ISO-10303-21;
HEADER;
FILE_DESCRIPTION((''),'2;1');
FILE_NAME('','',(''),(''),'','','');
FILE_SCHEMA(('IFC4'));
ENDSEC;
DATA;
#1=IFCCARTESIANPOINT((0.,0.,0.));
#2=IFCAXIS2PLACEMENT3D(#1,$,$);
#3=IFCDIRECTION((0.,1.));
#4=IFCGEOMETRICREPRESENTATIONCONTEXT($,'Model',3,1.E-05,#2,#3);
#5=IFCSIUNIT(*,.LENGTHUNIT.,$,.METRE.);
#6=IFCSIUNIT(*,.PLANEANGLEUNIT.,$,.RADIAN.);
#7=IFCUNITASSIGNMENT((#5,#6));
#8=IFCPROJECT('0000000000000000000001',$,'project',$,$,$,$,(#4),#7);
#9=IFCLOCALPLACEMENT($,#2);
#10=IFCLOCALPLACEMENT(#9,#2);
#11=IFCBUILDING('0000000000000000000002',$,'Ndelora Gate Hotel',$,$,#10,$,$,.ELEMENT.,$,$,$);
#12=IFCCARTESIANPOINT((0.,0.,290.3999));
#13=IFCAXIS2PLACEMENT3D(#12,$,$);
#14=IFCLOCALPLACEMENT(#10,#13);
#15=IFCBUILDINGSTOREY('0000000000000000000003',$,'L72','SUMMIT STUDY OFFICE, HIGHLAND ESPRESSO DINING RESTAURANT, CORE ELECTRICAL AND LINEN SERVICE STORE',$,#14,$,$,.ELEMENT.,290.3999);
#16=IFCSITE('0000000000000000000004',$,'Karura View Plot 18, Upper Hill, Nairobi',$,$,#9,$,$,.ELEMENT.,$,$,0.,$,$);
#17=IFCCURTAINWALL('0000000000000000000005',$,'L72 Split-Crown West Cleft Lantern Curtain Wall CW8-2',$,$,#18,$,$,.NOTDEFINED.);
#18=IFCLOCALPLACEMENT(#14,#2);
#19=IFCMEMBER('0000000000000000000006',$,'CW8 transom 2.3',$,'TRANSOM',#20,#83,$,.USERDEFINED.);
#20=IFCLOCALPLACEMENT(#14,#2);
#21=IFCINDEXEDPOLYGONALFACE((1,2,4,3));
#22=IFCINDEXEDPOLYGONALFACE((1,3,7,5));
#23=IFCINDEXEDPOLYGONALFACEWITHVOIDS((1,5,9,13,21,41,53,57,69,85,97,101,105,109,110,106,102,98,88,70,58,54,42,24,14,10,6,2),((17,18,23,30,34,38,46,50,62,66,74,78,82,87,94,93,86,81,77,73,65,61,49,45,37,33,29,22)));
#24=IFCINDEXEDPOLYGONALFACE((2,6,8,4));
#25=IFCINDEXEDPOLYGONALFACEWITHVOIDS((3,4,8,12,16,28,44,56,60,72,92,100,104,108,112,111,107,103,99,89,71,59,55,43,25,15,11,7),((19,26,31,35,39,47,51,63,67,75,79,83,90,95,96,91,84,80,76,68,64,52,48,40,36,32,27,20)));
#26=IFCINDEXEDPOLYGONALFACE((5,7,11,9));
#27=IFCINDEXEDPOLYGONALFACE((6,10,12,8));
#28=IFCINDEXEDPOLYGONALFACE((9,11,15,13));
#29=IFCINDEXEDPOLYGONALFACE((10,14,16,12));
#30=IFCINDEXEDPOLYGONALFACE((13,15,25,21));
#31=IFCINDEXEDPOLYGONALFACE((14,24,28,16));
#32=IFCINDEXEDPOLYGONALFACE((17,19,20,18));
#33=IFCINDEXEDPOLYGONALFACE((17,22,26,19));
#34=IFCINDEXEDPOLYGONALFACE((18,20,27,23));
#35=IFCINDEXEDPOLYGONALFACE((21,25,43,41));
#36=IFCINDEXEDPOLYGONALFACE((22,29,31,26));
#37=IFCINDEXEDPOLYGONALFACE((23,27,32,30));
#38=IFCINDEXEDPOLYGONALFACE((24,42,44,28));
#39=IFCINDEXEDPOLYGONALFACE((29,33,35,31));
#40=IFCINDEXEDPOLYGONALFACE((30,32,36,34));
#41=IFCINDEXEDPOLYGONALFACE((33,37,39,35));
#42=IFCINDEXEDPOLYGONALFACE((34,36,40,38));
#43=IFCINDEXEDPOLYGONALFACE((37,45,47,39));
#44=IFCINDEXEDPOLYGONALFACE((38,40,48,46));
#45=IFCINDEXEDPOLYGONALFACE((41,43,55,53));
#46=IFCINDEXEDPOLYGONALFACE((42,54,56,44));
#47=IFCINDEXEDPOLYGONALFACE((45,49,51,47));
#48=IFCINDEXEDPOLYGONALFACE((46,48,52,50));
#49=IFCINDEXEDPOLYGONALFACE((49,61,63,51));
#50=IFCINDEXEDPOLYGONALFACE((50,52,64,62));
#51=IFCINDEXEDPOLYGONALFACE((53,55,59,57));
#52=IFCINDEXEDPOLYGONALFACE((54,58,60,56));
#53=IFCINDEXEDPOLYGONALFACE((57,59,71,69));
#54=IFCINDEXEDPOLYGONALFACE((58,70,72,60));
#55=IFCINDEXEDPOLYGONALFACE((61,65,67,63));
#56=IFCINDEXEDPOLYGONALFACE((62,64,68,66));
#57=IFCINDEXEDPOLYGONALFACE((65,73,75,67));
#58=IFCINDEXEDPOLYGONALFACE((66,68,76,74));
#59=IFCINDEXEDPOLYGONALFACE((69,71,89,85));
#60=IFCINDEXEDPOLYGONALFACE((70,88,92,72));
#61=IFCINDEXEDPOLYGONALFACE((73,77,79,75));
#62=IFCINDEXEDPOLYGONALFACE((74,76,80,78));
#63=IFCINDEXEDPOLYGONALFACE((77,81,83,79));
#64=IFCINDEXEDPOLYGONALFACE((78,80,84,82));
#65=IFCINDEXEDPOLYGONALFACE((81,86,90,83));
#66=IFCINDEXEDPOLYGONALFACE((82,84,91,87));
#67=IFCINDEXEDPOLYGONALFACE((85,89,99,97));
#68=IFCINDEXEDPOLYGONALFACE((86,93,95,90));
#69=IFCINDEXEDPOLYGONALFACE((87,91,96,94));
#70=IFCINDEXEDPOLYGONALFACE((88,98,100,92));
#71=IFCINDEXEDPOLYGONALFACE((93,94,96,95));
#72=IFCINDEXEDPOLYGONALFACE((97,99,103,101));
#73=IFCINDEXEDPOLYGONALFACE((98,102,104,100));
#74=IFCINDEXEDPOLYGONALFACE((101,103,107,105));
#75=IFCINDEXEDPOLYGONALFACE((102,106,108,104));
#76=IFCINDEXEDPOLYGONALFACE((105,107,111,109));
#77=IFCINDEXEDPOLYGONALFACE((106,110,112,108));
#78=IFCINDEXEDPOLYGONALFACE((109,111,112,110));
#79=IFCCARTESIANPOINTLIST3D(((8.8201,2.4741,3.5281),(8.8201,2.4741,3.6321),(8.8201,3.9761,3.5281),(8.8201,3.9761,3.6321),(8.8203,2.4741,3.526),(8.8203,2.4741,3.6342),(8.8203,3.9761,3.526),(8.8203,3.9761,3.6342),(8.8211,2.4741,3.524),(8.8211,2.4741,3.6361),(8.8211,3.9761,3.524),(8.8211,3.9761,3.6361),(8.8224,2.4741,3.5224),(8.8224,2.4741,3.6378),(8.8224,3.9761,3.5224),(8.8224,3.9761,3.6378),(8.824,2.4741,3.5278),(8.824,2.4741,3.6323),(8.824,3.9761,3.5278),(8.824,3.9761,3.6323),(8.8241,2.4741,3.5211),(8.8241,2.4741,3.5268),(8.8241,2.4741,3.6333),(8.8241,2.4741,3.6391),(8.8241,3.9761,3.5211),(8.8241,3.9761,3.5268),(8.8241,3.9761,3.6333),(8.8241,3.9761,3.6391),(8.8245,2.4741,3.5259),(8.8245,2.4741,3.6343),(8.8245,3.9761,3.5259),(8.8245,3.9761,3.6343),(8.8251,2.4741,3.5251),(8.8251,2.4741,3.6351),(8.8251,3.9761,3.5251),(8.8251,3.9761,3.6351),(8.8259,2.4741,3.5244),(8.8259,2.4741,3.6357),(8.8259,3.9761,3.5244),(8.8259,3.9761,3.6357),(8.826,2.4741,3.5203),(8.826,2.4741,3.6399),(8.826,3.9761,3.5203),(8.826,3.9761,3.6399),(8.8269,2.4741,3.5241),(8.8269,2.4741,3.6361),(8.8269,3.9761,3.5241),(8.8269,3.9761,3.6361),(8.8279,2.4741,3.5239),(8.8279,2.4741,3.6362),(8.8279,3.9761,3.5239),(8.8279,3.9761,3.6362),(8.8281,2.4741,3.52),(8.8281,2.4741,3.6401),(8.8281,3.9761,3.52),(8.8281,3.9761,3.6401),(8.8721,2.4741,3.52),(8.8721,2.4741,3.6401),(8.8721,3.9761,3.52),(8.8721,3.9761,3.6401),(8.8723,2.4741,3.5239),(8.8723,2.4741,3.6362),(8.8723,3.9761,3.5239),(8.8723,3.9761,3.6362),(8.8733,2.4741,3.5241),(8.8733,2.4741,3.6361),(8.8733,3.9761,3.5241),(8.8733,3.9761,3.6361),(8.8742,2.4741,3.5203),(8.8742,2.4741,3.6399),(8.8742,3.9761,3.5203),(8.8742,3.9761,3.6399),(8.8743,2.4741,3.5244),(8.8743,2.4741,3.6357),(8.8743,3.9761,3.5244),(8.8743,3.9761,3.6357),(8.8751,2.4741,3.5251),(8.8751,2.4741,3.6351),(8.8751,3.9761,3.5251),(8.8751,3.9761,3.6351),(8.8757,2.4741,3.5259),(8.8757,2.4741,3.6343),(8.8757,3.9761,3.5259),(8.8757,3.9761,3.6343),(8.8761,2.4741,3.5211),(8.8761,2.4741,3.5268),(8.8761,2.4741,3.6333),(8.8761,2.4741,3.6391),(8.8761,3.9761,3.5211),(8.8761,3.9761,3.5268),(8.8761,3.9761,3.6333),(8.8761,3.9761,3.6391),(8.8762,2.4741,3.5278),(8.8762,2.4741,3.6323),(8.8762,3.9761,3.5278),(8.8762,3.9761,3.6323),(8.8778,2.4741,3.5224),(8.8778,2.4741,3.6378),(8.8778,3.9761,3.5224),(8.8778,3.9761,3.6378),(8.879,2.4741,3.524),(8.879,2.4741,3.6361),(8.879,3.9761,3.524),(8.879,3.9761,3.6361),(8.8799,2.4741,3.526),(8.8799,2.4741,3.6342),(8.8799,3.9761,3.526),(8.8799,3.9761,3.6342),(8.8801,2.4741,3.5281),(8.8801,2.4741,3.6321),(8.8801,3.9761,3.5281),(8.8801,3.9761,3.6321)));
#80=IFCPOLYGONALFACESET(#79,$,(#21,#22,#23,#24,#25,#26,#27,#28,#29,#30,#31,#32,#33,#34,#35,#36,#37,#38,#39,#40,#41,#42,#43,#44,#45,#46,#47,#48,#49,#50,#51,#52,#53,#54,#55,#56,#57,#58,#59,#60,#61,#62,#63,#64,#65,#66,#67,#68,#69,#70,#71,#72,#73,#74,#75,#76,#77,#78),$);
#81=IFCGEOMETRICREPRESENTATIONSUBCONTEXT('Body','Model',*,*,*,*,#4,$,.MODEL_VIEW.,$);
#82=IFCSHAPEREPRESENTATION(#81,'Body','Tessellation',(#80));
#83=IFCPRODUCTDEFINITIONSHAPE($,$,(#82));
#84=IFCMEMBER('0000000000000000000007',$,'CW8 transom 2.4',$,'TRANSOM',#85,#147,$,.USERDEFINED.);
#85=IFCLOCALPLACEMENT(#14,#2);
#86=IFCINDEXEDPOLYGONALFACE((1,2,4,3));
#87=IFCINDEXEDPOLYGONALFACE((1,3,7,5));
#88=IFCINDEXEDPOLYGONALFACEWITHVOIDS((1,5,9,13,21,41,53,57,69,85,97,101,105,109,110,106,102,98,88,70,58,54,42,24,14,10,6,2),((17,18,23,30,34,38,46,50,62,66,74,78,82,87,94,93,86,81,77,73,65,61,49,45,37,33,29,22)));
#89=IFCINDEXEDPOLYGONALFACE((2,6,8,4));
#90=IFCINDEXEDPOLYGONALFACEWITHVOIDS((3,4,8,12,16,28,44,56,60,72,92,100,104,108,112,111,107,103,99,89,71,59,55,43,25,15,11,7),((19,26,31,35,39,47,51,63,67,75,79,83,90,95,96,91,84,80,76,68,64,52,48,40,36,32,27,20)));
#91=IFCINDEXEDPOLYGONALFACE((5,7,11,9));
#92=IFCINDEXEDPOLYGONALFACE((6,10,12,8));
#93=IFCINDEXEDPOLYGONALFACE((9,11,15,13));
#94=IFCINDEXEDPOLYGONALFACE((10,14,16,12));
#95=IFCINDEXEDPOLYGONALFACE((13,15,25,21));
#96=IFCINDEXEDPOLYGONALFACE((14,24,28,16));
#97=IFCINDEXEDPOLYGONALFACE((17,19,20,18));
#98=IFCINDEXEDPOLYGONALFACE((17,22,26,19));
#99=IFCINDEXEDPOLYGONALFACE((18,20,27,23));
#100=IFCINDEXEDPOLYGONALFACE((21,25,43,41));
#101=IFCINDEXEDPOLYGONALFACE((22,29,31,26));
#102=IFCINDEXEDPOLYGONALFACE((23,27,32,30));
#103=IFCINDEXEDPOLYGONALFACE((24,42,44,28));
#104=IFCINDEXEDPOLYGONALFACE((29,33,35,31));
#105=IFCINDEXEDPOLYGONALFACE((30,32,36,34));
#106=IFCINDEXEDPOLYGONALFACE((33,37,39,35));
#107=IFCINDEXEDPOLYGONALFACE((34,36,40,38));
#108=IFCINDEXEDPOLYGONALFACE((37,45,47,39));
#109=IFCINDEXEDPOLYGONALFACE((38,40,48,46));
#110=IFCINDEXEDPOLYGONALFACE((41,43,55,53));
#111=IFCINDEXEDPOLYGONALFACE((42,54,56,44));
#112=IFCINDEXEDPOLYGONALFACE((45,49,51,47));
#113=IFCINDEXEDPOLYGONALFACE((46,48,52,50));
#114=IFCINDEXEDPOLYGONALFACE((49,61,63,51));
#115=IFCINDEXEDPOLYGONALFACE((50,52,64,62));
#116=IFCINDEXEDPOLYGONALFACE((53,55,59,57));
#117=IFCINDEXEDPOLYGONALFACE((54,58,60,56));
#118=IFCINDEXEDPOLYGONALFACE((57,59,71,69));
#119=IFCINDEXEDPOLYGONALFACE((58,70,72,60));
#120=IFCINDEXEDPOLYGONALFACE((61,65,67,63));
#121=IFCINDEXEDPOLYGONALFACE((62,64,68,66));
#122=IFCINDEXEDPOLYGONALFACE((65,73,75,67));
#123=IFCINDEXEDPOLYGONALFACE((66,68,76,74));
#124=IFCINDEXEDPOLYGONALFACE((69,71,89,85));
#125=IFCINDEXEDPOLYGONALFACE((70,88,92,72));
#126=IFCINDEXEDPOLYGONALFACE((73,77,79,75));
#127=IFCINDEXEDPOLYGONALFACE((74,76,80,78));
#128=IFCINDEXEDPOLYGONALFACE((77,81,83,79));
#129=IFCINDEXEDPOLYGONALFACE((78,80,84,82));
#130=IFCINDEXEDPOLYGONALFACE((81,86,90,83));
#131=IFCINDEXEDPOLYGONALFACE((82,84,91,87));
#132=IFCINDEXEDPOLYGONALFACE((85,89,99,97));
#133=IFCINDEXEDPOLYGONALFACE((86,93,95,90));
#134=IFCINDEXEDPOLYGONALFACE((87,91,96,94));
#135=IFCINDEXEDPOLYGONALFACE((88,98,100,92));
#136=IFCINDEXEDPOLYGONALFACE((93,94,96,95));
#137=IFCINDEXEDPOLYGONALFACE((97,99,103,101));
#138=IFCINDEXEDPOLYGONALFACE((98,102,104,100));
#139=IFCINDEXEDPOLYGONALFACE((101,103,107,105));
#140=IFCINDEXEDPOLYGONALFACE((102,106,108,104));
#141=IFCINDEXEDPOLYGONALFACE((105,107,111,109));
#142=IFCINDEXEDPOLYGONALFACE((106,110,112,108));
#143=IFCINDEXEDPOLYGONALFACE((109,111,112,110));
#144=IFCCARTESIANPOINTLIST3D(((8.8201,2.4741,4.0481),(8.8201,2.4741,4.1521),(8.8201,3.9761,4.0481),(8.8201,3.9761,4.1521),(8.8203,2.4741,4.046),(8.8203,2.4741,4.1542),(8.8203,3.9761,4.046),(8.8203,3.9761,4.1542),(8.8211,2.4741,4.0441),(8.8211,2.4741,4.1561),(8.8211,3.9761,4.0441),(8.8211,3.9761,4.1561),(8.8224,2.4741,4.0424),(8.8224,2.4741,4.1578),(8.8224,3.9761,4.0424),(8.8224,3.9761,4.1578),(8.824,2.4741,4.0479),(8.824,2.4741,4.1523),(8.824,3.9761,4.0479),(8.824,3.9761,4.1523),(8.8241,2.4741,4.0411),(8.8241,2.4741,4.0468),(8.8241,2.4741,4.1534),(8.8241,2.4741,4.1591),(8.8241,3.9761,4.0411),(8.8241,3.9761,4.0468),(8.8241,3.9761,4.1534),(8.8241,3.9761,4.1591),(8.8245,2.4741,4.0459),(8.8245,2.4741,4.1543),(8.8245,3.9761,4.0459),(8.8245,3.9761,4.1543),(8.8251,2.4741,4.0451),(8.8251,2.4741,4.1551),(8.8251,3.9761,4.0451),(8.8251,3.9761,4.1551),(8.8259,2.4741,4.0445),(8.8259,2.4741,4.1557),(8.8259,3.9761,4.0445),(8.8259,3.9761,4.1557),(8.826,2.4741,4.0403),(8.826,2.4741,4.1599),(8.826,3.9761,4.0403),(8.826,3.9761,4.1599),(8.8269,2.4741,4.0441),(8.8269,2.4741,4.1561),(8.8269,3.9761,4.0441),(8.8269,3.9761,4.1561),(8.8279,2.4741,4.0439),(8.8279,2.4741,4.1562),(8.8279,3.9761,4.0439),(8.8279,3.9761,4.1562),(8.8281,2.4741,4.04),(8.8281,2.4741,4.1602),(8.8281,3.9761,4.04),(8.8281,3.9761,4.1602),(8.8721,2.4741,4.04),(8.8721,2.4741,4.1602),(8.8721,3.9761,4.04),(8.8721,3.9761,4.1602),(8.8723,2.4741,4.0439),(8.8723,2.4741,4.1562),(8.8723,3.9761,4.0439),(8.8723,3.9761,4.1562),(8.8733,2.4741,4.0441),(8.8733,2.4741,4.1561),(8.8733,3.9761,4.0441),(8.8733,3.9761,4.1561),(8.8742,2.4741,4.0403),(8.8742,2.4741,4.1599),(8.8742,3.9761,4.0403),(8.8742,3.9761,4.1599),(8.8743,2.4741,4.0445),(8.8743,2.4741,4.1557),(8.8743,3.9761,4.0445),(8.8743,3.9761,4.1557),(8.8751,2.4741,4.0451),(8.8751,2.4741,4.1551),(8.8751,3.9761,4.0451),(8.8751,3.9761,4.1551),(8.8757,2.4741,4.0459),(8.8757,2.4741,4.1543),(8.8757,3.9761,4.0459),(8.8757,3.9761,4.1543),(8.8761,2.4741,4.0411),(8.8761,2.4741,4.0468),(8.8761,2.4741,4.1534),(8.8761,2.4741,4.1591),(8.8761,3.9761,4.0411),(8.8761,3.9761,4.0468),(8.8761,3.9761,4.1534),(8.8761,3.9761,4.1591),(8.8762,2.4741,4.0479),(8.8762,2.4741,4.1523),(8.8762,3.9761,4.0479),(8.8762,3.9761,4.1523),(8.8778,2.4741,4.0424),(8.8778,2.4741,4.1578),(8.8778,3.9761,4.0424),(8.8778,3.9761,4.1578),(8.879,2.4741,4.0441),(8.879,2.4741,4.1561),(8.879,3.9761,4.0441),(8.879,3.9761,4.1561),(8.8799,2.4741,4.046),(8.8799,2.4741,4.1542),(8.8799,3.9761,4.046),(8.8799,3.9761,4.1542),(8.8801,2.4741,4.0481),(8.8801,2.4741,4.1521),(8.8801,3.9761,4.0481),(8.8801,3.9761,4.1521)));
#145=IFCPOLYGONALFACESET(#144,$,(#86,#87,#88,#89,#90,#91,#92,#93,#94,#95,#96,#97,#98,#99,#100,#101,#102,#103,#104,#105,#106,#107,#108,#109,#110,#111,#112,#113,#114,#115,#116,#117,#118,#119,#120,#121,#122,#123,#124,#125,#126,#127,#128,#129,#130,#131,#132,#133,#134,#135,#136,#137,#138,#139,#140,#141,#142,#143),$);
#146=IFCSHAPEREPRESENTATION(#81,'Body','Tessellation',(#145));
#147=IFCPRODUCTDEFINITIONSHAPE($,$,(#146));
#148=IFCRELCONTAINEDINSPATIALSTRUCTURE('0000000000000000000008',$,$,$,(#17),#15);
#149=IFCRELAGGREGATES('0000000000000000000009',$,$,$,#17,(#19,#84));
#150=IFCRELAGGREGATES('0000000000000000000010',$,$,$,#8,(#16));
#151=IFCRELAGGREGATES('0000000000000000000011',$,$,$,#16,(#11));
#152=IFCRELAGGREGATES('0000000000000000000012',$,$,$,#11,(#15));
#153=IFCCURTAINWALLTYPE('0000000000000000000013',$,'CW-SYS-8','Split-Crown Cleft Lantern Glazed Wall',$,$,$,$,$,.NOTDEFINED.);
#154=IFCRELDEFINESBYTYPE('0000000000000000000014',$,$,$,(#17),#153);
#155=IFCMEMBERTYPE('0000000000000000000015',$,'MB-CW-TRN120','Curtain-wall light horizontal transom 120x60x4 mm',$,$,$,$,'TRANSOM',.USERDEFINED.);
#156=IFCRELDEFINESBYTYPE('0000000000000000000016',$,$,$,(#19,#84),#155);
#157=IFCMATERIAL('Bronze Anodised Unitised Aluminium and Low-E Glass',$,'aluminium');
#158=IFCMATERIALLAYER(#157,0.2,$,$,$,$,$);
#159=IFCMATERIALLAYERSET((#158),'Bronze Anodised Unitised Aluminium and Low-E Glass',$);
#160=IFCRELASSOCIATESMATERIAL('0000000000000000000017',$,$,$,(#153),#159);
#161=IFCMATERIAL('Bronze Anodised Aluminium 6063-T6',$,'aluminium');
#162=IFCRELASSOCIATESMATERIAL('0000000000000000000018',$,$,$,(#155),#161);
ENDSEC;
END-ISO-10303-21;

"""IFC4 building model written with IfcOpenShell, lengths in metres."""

from ifc_helpers import new_model, si_unit, direction, frame, origin, origin_2d, place, context, subcontext, project, spatial, hollow_rectangle, extrude, material, layer, layer_set, material_profile, profile_set, type_object, element, aggregate, save


model = new_model("IFC4")

# Units and contexts
model_context = context("Model", 3, precision=1e-05, world=origin(), true_north=direction((0.0, 1.0)))
body_context = subcontext(model_context, "Body", "Model", "MODEL_VIEW")
ifc_project = project(units=[si_unit("LENGTHUNIT", "METRE"), si_unit("PLANEANGLEUNIT", "RADIAN")], contexts=[model_context])

# Site, building, storey
site_placement = place(None, origin())
site = spatial("IfcSite", under=ifc_project, at=site_placement, Name="Karura View Plot 18, Upper Hill, Nairobi", CompositionType="ELEMENT", RefElevation=0.0)
building_placement = place(site_placement, origin())
building = spatial("IfcBuilding", under=site, at=building_placement, Name="Ndelora Gate Hotel", CompositionType="ELEMENT")
storey_placement = place(building_placement, frame((0.0, 0.0, 290.3999)))
storey = spatial("IfcBuildingStorey", under=building, at=storey_placement, Name="L72", Description="SUMMIT STUDY OFFICE, HIGHLAND ESPRESSO DINING RESTAURANT, CORE ELECTRICAL AND LINEN SERVICE STORE", CompositionType="ELEMENT", Elevation=290.3999)

# Curtain wall, members
ifc_material_1 = material(Name="Bronze Anodised Unitised Aluminium and Low-E Glass", Category="aluminium")
ifc_layer_1 = layer(ifc_material_1, 0.2)
ifc_layer_set_1 = layer_set([ifc_layer_1], Name="Bronze Anodised Unitised Aluminium and Low-E Glass")
curtain_wall_type = type_object("IfcCurtainWallType", Name="CW-SYS-8", Description="Split-Crown Cleft Lantern Glazed Wall", PredefinedType="NOTDEFINED", material=ifc_layer_set_1)
curtain_wall_1_placement = place(storey_placement, origin())
curtain_wall_1 = element("IfcCurtainWall", 1, at=curtain_wall_1_placement, inside=storey, type_object=curtain_wall_type, Name="L72 Split-Crown West Cleft Lantern Curtain Wall CW8-2", PredefinedType="NOTDEFINED")
ifc_material_2 = material(Name="Bronze Anodised Aluminium 6063-T6", Category="aluminium")
ifc_material_profile_1 = material_profile(ifc_material_2, hollow_rectangle(XDim=0.0601, YDim=0.1201, WallThickness=0.0039, InnerFilletRadius=0.0039, OuterFilletRadius=0.0081, at=origin_2d()), Name="ALU 120x60x4")
ifc_profile_set_1 = profile_set([ifc_material_profile_1], Name="Bronze Anodised Aluminium 6063-T6")
member_type_1 = type_object("IfcMemberType", Name="MB-CW-TRN120", Description="Curtain-wall light horizontal transom 120x60x4 mm", ElementType="TRANSOM", PredefinedType="USERDEFINED", material=ifc_profile_set_1)
member_1_placement = place(storey_placement, frame((8.8501, 2.4741, 3.5801), z_axis=(0.0, 1.0, 0.0), x_axis=(-1.0, 0.0, 0.0)))
member_1 = element("IfcMember", 2, at=member_1_placement, type_object=member_type_1, Name="CW8 transom 2.3", ObjectType="TRANSOM", PredefinedType="USERDEFINED", context=body_context, shape_type="SweptSolid", body=[
    extrude(hollow_rectangle(XDim=0.0601, YDim=0.1201, WallThickness=0.0039, InnerFilletRadius=0.0039, OuterFilletRadius=0.0081, at=origin_2d()), origin(), (0.0, 0.0, 1.0), 1.502),
])
member_2_placement = place(storey_placement, frame((8.8501, 2.4741, 4.1001), z_axis=(0.0, 1.0, 0.0), x_axis=(-1.0, 0.0, 0.0)))
member_2 = element("IfcMember", 3, at=member_2_placement, type_object=member_type_1, Name="CW8 transom 2.4", ObjectType="TRANSOM", PredefinedType="USERDEFINED", context=body_context, shape_type="SweptSolid", body=[
    extrude(hollow_rectangle(XDim=0.0601, YDim=0.1201, WallThickness=0.0039, InnerFilletRadius=0.0039, OuterFilletRadius=0.0081, at=origin_2d()), origin(), (0.0, 0.0, 1.0), 1.502),
])

aggregate(curtain_wall_1, [member_1, member_2])

save(model, "model.ifc")
